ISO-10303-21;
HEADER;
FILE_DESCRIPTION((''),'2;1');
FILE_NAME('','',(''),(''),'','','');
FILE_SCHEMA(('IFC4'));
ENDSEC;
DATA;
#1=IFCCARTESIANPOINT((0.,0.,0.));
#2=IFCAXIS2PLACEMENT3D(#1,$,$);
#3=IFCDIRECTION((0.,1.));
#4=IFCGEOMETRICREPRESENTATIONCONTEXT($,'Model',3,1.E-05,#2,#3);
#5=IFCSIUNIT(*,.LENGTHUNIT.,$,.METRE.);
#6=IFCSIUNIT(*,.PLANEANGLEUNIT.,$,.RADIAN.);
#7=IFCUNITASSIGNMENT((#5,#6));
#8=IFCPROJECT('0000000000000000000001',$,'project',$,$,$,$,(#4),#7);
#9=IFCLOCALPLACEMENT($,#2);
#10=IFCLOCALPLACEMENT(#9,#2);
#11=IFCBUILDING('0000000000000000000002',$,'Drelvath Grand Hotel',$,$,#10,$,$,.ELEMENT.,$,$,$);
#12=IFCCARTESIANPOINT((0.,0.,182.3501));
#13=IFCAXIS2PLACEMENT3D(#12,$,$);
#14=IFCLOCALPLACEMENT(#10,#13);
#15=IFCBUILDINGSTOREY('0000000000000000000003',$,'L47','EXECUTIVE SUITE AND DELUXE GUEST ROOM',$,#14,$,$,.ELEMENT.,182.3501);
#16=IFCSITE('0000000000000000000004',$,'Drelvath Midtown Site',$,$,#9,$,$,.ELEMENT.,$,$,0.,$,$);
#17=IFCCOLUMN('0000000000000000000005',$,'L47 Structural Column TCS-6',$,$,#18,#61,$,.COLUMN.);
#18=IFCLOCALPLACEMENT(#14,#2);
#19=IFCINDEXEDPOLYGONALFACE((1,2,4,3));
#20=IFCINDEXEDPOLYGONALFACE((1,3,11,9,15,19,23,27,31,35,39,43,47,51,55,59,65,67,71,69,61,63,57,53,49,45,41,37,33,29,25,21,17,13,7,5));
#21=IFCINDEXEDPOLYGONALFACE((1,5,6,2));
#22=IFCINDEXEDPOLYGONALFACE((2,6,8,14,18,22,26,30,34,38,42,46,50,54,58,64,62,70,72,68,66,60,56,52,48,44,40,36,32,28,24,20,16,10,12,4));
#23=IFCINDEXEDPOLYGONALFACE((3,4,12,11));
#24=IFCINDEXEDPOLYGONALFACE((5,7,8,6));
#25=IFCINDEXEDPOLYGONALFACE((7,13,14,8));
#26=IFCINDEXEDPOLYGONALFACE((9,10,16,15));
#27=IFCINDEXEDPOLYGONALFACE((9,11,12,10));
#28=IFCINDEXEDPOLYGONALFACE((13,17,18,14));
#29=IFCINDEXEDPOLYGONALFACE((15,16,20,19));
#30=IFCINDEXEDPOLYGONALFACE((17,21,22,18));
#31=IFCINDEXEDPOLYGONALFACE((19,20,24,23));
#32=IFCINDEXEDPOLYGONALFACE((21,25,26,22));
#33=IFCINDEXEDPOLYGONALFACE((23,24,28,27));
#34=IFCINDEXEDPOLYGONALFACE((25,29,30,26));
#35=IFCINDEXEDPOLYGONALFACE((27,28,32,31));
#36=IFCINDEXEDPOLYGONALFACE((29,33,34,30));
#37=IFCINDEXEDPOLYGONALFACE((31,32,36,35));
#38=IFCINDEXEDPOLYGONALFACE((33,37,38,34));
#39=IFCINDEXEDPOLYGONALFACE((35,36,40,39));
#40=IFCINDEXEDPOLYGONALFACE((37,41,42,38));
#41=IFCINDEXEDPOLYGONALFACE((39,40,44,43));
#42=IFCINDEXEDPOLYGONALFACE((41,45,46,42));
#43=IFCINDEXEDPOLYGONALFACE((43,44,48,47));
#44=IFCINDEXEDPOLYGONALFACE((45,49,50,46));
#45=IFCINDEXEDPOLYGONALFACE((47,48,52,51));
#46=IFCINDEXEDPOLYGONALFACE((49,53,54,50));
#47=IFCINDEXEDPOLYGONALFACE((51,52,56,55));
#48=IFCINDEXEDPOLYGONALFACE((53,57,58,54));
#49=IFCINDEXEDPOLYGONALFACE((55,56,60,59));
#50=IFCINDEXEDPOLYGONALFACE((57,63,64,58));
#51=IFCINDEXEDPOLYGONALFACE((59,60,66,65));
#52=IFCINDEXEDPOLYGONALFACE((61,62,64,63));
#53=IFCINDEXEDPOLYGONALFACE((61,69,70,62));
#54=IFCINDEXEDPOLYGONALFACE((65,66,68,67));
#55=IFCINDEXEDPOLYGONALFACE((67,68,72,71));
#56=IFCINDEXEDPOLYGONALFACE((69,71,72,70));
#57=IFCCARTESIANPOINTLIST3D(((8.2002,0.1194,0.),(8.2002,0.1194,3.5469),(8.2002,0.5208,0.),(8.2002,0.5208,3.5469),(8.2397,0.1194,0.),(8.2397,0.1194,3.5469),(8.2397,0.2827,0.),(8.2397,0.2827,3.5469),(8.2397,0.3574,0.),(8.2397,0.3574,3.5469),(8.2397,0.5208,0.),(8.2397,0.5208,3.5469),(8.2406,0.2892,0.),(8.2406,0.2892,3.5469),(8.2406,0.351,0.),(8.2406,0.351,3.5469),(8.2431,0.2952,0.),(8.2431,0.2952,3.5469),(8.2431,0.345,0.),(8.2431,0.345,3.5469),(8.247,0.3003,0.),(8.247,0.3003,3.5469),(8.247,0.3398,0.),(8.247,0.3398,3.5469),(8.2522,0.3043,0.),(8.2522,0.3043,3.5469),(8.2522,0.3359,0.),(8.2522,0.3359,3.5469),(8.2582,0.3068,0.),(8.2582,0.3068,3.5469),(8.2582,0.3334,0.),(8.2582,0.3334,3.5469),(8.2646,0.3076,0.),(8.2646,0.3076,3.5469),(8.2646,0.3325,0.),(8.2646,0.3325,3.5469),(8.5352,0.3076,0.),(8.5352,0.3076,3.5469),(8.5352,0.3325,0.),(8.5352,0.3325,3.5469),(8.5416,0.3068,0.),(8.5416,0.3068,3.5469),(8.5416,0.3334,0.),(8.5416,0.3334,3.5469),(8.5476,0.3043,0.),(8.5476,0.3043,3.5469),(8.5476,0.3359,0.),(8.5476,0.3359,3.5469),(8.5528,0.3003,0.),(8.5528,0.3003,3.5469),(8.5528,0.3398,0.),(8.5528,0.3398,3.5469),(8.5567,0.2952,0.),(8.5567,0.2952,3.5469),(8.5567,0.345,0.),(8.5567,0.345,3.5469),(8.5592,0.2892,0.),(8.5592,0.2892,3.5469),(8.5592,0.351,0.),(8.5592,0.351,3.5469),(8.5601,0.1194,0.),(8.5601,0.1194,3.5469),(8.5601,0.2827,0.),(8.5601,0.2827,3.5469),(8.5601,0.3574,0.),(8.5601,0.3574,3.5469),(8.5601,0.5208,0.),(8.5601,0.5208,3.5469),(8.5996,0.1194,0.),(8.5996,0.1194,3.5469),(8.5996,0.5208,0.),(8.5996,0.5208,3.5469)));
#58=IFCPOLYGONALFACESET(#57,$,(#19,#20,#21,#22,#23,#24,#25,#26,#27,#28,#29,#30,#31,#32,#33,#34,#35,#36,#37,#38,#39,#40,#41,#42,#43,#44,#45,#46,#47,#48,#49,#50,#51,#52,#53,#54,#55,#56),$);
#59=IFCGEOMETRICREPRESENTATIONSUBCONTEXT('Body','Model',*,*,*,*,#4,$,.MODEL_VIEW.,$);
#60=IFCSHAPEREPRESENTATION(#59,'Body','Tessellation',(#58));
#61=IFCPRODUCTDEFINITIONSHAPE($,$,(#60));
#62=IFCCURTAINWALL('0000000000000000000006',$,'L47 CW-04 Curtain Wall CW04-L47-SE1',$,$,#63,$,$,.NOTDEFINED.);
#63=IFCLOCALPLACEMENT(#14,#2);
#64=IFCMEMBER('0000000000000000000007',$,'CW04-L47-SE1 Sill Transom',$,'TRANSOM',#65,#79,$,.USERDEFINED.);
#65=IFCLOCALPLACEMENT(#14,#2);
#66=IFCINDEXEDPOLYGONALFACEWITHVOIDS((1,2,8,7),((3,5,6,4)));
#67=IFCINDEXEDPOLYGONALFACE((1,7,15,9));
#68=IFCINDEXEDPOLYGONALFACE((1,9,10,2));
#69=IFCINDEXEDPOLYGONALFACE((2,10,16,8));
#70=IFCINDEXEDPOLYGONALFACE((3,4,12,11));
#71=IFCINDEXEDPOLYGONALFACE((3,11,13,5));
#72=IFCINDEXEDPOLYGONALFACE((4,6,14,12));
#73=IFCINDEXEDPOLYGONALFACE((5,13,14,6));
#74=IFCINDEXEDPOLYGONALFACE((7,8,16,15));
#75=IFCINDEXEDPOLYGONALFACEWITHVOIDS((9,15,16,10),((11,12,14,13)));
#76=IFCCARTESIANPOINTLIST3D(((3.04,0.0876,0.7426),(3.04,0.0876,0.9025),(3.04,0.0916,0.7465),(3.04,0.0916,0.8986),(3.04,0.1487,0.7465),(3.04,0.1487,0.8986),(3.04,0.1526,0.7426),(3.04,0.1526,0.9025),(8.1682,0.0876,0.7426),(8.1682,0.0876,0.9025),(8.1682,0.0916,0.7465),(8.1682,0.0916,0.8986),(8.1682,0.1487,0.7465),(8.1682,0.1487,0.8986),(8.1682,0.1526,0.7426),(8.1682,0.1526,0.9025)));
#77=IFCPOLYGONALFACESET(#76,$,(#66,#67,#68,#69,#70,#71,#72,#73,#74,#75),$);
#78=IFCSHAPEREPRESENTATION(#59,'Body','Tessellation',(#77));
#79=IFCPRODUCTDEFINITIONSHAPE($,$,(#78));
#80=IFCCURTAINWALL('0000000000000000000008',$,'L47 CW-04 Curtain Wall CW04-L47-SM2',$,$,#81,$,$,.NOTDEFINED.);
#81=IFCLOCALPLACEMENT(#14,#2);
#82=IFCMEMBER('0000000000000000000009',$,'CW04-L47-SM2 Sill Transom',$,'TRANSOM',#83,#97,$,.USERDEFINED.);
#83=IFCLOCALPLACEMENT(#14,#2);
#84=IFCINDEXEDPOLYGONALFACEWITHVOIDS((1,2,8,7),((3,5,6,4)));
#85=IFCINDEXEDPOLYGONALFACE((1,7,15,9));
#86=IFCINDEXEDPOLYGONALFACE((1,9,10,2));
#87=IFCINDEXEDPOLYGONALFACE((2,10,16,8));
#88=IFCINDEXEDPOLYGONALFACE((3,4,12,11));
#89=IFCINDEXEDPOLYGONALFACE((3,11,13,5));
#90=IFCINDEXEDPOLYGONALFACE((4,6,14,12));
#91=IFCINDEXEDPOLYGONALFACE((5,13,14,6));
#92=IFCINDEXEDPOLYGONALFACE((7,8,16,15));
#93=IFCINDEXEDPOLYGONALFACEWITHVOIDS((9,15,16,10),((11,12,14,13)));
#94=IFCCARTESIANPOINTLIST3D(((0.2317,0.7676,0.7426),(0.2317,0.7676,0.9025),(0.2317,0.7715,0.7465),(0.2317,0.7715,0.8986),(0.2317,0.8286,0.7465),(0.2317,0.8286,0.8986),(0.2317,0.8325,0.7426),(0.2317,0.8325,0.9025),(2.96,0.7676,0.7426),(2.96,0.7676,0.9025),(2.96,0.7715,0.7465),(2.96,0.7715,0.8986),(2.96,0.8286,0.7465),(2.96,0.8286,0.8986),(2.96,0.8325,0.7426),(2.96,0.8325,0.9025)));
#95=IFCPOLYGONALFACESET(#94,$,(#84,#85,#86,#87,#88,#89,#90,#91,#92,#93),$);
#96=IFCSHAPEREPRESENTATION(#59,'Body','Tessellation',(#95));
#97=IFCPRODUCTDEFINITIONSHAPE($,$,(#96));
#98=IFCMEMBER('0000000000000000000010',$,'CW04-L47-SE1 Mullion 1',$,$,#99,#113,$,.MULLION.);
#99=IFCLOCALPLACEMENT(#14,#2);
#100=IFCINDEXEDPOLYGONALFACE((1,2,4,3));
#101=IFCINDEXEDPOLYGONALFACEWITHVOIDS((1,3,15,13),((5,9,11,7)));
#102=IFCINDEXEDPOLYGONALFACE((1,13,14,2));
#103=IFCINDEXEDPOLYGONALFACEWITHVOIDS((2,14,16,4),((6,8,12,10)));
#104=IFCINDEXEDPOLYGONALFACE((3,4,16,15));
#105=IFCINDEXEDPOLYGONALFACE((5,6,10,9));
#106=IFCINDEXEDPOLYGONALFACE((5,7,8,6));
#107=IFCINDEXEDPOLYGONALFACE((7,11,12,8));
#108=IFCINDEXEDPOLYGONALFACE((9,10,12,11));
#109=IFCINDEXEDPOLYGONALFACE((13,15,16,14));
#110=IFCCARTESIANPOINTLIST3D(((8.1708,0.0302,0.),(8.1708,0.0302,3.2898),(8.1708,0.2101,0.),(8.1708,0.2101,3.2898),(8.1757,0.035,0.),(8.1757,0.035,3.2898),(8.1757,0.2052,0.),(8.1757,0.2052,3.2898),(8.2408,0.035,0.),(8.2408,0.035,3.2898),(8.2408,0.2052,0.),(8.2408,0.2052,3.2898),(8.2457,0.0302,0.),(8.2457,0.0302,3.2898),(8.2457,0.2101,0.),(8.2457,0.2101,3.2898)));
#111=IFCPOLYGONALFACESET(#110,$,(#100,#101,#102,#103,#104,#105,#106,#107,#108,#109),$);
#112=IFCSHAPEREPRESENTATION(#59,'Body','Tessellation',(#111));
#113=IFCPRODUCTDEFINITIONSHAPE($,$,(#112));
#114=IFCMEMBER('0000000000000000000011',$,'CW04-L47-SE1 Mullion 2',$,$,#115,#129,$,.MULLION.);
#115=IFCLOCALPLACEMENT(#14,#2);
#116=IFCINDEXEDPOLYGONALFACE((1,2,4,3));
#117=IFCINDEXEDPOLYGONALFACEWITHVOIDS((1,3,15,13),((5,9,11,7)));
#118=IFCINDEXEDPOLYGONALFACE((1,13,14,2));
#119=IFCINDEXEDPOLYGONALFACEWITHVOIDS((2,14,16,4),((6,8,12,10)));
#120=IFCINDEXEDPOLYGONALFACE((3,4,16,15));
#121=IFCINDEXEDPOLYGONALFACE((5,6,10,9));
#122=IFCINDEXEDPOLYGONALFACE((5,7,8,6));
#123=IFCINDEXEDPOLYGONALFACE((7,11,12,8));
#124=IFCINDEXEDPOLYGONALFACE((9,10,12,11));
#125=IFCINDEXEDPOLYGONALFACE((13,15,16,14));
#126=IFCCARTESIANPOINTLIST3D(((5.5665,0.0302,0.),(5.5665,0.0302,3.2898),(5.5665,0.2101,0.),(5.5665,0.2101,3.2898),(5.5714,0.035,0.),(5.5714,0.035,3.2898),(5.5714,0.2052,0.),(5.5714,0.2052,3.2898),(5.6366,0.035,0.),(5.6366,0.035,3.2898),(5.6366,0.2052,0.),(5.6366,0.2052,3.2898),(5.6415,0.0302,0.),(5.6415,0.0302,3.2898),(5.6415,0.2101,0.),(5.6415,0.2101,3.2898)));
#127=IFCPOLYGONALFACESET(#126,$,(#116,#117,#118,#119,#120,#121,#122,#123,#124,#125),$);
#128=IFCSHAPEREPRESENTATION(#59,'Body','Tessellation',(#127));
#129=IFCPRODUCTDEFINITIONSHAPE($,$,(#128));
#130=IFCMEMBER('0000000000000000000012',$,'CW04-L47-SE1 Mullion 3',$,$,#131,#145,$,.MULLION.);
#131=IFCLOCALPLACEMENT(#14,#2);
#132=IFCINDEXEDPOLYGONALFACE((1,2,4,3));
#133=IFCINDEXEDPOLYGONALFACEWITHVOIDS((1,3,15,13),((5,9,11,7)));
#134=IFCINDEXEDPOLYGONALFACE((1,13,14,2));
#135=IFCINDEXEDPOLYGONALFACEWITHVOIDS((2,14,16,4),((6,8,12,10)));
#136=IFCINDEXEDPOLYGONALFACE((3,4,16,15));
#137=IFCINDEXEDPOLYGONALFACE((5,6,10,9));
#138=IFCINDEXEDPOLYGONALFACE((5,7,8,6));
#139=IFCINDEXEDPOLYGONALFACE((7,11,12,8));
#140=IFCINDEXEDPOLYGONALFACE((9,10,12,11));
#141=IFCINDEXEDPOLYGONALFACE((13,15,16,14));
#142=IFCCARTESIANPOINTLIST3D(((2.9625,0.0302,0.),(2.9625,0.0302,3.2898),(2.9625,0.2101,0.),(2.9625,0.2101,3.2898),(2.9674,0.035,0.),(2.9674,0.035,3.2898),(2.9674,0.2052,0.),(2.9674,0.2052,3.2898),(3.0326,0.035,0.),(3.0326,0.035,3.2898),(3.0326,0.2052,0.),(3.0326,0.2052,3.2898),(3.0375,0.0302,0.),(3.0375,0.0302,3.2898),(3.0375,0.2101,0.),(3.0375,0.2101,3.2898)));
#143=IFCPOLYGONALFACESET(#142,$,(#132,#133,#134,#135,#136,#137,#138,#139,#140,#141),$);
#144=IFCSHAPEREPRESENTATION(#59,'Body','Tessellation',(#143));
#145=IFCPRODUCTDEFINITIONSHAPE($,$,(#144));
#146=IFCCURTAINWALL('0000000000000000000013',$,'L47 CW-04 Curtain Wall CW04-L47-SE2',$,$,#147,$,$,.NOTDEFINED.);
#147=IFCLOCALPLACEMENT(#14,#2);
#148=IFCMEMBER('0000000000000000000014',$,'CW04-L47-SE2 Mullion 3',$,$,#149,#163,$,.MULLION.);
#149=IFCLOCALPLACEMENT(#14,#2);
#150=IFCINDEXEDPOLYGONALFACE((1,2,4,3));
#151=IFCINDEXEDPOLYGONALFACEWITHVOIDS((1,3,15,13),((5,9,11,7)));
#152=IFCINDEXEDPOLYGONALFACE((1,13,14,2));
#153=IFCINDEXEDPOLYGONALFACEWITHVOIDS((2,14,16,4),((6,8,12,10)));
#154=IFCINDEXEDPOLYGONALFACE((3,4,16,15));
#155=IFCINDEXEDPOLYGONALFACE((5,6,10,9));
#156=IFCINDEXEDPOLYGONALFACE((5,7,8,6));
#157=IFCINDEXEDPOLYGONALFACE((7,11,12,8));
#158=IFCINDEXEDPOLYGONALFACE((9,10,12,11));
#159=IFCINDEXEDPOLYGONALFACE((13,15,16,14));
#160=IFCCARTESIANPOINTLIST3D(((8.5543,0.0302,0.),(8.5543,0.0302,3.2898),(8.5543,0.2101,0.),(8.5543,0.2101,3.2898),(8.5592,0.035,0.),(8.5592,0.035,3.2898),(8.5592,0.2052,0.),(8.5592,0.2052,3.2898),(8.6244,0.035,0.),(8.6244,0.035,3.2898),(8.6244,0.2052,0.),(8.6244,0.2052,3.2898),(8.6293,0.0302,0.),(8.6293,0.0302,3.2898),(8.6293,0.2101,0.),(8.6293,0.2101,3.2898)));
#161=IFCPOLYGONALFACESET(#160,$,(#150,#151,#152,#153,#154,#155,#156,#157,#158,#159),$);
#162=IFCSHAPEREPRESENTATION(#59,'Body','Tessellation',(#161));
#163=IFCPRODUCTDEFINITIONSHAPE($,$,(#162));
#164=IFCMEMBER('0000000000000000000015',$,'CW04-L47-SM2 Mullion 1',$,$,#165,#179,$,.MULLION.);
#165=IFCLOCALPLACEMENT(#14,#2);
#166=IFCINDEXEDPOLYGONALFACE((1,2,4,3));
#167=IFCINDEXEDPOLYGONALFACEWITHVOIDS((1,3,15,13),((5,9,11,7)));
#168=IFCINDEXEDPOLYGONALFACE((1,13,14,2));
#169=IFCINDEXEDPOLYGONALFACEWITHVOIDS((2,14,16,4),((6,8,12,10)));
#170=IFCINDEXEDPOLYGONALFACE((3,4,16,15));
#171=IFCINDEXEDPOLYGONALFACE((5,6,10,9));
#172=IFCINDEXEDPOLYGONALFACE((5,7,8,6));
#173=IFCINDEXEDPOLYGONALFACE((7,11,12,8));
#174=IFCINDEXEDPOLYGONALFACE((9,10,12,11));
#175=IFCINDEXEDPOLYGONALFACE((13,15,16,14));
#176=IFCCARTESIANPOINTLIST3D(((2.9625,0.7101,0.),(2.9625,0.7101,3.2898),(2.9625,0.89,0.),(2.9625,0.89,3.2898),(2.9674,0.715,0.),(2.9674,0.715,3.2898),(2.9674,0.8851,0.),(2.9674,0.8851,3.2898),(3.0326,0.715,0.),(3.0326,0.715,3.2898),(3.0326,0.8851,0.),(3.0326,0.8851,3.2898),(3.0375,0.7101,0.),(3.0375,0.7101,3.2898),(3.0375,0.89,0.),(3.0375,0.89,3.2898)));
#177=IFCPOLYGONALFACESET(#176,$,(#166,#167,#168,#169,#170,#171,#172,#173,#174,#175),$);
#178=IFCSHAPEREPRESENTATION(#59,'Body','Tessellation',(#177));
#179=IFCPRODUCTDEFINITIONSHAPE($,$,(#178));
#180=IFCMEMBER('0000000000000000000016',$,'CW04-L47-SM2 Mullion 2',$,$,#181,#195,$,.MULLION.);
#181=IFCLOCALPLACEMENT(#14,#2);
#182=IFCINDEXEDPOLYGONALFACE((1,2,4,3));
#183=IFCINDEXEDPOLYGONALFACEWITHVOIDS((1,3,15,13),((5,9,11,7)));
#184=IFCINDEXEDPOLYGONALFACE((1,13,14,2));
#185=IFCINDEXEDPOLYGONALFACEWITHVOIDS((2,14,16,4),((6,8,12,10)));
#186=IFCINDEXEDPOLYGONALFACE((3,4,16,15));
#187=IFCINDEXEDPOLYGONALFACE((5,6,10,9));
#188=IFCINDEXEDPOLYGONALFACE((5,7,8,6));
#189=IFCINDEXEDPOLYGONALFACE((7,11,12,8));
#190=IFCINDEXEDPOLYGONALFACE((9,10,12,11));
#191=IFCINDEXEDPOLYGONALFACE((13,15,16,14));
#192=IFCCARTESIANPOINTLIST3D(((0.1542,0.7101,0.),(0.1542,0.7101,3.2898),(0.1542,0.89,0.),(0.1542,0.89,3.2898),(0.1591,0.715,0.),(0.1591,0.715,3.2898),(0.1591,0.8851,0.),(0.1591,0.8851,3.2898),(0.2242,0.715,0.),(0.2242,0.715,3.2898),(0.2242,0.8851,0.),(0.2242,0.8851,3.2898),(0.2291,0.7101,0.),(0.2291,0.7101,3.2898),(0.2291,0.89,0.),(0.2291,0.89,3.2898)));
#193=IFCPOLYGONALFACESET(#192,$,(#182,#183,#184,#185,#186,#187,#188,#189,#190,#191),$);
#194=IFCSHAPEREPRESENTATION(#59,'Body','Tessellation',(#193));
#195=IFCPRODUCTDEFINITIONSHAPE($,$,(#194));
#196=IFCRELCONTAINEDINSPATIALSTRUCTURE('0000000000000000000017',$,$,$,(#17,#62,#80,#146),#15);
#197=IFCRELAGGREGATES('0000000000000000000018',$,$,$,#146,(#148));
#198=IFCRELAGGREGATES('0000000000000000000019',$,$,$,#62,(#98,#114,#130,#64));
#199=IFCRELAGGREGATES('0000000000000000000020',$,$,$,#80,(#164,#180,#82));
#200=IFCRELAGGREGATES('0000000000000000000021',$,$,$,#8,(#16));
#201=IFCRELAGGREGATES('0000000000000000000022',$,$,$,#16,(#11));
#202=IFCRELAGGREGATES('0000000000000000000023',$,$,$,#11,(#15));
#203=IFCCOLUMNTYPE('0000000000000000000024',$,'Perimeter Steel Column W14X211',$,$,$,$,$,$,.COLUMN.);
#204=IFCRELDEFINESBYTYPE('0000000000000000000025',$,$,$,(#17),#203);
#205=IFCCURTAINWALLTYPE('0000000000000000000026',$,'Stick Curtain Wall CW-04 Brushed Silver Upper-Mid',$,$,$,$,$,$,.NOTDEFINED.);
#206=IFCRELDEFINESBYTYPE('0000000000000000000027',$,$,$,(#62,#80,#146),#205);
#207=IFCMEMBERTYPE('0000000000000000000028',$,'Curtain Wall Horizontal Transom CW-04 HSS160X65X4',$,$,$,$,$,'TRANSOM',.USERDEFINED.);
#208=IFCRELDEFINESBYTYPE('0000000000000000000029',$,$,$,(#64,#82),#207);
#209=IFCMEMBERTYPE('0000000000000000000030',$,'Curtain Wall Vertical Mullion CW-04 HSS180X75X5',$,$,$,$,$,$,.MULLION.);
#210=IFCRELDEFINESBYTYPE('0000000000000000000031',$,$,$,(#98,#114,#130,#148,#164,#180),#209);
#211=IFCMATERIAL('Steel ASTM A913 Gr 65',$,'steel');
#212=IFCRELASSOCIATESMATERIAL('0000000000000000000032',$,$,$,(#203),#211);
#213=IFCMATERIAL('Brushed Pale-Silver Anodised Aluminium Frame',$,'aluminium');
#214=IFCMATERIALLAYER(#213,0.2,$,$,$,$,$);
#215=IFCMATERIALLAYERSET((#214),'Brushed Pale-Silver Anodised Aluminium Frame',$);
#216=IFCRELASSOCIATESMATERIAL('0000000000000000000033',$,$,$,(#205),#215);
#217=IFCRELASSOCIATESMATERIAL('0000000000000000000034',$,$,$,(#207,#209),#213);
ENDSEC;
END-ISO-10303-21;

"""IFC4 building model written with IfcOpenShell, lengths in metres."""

from ifc_helpers import new_model, si_unit, direction, frame, origin, origin_2d, place, context, subcontext, project, spatial, hollow_rectangle, i_section, extrude, material, layer, layer_set, material_profile, profile_set, type_object, element, aggregate, save


model = new_model("IFC4")

# Units and contexts
model_context = context("Model", 3, precision=1e-05, world=origin(), true_north=direction((0.0, 1.0)))
body_context = subcontext(model_context, "Body", "Model", "MODEL_VIEW")
ifc_project = project(units=[si_unit("LENGTHUNIT", "METRE"), si_unit("PLANEANGLEUNIT", "RADIAN")], contexts=[model_context])

# Site, building, storey
site_placement = place(None, origin())
site = spatial("IfcSite", under=ifc_project, at=site_placement, Name="Drelvath Midtown Site", CompositionType="ELEMENT", RefElevation=0.0)
building_placement = place(site_placement, origin())
building = spatial("IfcBuilding", under=site, at=building_placement, Name="Drelvath Grand Hotel", CompositionType="ELEMENT")
storey_placement = place(building_placement, frame((0.0, 0.0, 182.3501)))
storey = spatial("IfcBuildingStorey", under=building, at=storey_placement, Name="L47", Description="EXECUTIVE SUITE AND DELUXE GUEST ROOM", CompositionType="ELEMENT", Elevation=182.3501)

# Column
ifc_material_1 = material(Name="Steel ASTM A913 Gr 65", Category="steel")
ifc_material_profile_1 = material_profile(ifc_material_1, i_section(OverallWidth=0.4014, OverallDepth=0.3994, WebThickness=0.0249, FlangeThickness=0.0396, FilletRadius=0.0249, at=origin_2d()), Name="W14X211")
ifc_profile_set_1 = profile_set([ifc_material_profile_1], Name="Steel ASTM A913 Gr 65")
column_type = type_object("IfcColumnType", Name="Perimeter Steel Column W14X211", PredefinedType="COLUMN", material=ifc_profile_set_1)
column_placement = place(storey_placement, frame((8.3999, 0.3201, 0.0), z_axis=(0.0, 0.0, 1.0), x_axis=(0.0, 1.0, 0.0)))
element("IfcColumn", 1, at=column_placement, inside=storey, type_object=column_type, Name="L47 Structural Column TCS-6", PredefinedType="COLUMN", context=body_context, shape_type="SweptSolid", body=[
    extrude(i_section(OverallWidth=0.4014, OverallDepth=0.3994, WebThickness=0.0249, FlangeThickness=0.0396, FilletRadius=0.0249, at=origin_2d()), origin(), (0.0, 0.0, 1.0), 3.5469),
])

# Curtain walls, members
ifc_material_2 = material(Name="Brushed Pale-Silver Anodised Aluminium Frame", Category="aluminium")
ifc_layer_1 = layer(ifc_material_2, 0.2)
ifc_layer_set_1 = layer_set([ifc_layer_1], Name="Brushed Pale-Silver Anodised Aluminium Frame")
curtain_wall_type = type_object("IfcCurtainWallType", Name="Stick Curtain Wall CW-04 Brushed Silver Upper-Mid", PredefinedType="NOTDEFINED", material=ifc_layer_set_1)
curtain_wall_1_placement = place(storey_placement, origin())
curtain_wall_1 = element("IfcCurtainWall", 2, at=curtain_wall_1_placement, inside=storey, type_object=curtain_wall_type, Name="L47 CW-04 Curtain Wall CW04-L47-SE1", PredefinedType="NOTDEFINED")
ifc_material_profile_2 = material_profile(ifc_material_2, hollow_rectangle(XDim=0.0649, YDim=0.1599, WallThickness=0.0039, at=origin_2d()), Name="HSS160X65X4")
ifc_profile_set_2 = profile_set([ifc_material_profile_2], Name="Brushed Pale-Silver Anodised Aluminium Frame")
member_type_1 = type_object("IfcMemberType", Name="Curtain Wall Horizontal Transom CW-04 HSS160X65X4", ElementType="TRANSOM", PredefinedType="USERDEFINED", material=ifc_profile_set_2)
member_1_placement = place(storey_placement, frame((8.1682, 0.1201, 0.8225), z_axis=(-1.0, 0.0, 0.0), x_axis=(0.0, -1.0, 0.0)))
member_1 = element("IfcMember", 3, at=member_1_placement, type_object=member_type_1, Name="CW04-L47-SE1 Sill Transom", ObjectType="TRANSOM", PredefinedType="USERDEFINED", context=body_context, shape_type="SweptSolid", body=[
    extrude(hollow_rectangle(XDim=0.0649, YDim=0.1599, WallThickness=0.0039, at=origin_2d()), origin(), (0.0, 0.0, 1.0), 5.1282),
])
curtain_wall_2_placement = place(storey_placement, origin())
curtain_wall_2 = element("IfcCurtainWall", 4, at=curtain_wall_2_placement, inside=storey, type_object=curtain_wall_type, Name="L47 CW-04 Curtain Wall CW04-L47-SM2", PredefinedType="NOTDEFINED")
member_2_placement = place(storey_placement, frame((2.96, 0.8, 0.8225), z_axis=(-1.0, 0.0, 0.0), x_axis=(0.0, -1.0, 0.0)))
member_2 = element("IfcMember", 5, at=member_2_placement, type_object=member_type_1, Name="CW04-L47-SM2 Sill Transom", ObjectType="TRANSOM", PredefinedType="USERDEFINED", context=body_context, shape_type="SweptSolid", body=[
    extrude(hollow_rectangle(XDim=0.0649, YDim=0.1599, WallThickness=0.0039, at=origin_2d()), origin(), (0.0, 0.0, 1.0), 2.7283),
])

# Members
ifc_material_profile_3 = material_profile(ifc_material_2, hollow_rectangle(XDim=0.075, YDim=0.1799, WallThickness=0.0049, at=origin_2d()), Name="HSS180X75X5")
ifc_profile_set_3 = profile_set([ifc_material_profile_3], Name="Brushed Pale-Silver Anodised Aluminium Frame")
member_type_2 = type_object("IfcMemberType", Name="Curtain Wall Vertical Mullion CW-04 HSS180X75X5", PredefinedType="MULLION", material=ifc_profile_set_3)
member_3_placement = place(storey_placement, frame((8.2083, 0.1201, 0.0), z_axis=(0.0, 0.0, 1.0), x_axis=(1.0, 0.0, 0.0)))
member_3 = element("IfcMember", 6, at=member_3_placement, type_object=member_type_2, Name="CW04-L47-SE1 Mullion 1", PredefinedType="MULLION", context=body_context, shape_type="SweptSolid", body=[
    extrude(hollow_rectangle(XDim=0.075, YDim=0.1799, WallThickness=0.0049, at=origin_2d()), origin(), (0.0, 0.0, 1.0), 3.2898),
])
member_4_placement = place(storey_placement, frame((5.604, 0.1201, 0.0), z_axis=(0.0, 0.0, 1.0), x_axis=(1.0, 0.0, 0.0)))
member_4 = element("IfcMember", 7, at=member_4_placement, type_object=member_type_2, Name="CW04-L47-SE1 Mullion 2", PredefinedType="MULLION", context=body_context, shape_type="SweptSolid", body=[
    extrude(hollow_rectangle(XDim=0.075, YDim=0.1799, WallThickness=0.0049, at=origin_2d()), origin(), (0.0, 0.0, 1.0), 3.2898),
])
member_5_placement = place(storey_placement, frame((3.0, 0.1201, 0.0), z_axis=(0.0, 0.0, 1.0), x_axis=(1.0, 0.0, 0.0)))
member_5 = element("IfcMember", 8, at=member_5_placement, type_object=member_type_2, Name="CW04-L47-SE1 Mullion 3", PredefinedType="MULLION", context=body_context, shape_type="SweptSolid", body=[
    extrude(hollow_rectangle(XDim=0.075, YDim=0.1799, WallThickness=0.0049, at=origin_2d()), origin(), (0.0, 0.0, 1.0), 3.2898),
])

# Curtain wall, member
curtain_wall_3_placement = place(storey_placement, origin())
curtain_wall_3 = element("IfcCurtainWall", 9, at=curtain_wall_3_placement, inside=storey, type_object=curtain_wall_type, Name="L47 CW-04 Curtain Wall CW04-L47-SE2", PredefinedType="NOTDEFINED")
member_6_placement = place(storey_placement, frame((8.5918, 0.1201, 0.0), z_axis=(0.0, 0.0, 1.0), x_axis=(1.0, 0.0, 0.0)))
member_6 = element("IfcMember", 10, at=member_6_placement, type_object=member_type_2, Name="CW04-L47-SE2 Mullion 3", PredefinedType="MULLION", context=body_context, shape_type="SweptSolid", body=[
    extrude(hollow_rectangle(XDim=0.075, YDim=0.1799, WallThickness=0.0049, at=origin_2d()), origin(), (0.0, 0.0, 1.0), 3.2898),
])
aggregate(curtain_wall_3, [member_6])

# Members
member_7_placement = place(storey_placement, frame((3.0, 0.8, 0.0), z_axis=(0.0, 0.0, 1.0), x_axis=(1.0, 0.0, 0.0)))
member_7 = element("IfcMember", 11, at=member_7_placement, type_object=member_type_2, Name="CW04-L47-SM2 Mullion 1", PredefinedType="MULLION", context=body_context, shape_type="SweptSolid", body=[
    extrude(hollow_rectangle(XDim=0.075, YDim=0.1799, WallThickness=0.0049, at=origin_2d()), origin(), (0.0, 0.0, 1.0), 3.2898),
])
member_8_placement = place(storey_placement, frame((0.1917, 0.8, 0.0), z_axis=(0.0, 0.0, 1.0), x_axis=(1.0, 0.0, 0.0)))
member_8 = element("IfcMember", 12, at=member_8_placement, type_object=member_type_2, Name="CW04-L47-SM2 Mullion 2", PredefinedType="MULLION", context=body_context, shape_type="SweptSolid", body=[
    extrude(hollow_rectangle(XDim=0.075, YDim=0.1799, WallThickness=0.0049, at=origin_2d()), origin(), (0.0, 0.0, 1.0), 3.2898),
])

aggregate(curtain_wall_1, [member_3, member_4, member_5, member_1])
aggregate(curtain_wall_2, [member_7, member_8, member_2])

save(model, "model.ifc")
